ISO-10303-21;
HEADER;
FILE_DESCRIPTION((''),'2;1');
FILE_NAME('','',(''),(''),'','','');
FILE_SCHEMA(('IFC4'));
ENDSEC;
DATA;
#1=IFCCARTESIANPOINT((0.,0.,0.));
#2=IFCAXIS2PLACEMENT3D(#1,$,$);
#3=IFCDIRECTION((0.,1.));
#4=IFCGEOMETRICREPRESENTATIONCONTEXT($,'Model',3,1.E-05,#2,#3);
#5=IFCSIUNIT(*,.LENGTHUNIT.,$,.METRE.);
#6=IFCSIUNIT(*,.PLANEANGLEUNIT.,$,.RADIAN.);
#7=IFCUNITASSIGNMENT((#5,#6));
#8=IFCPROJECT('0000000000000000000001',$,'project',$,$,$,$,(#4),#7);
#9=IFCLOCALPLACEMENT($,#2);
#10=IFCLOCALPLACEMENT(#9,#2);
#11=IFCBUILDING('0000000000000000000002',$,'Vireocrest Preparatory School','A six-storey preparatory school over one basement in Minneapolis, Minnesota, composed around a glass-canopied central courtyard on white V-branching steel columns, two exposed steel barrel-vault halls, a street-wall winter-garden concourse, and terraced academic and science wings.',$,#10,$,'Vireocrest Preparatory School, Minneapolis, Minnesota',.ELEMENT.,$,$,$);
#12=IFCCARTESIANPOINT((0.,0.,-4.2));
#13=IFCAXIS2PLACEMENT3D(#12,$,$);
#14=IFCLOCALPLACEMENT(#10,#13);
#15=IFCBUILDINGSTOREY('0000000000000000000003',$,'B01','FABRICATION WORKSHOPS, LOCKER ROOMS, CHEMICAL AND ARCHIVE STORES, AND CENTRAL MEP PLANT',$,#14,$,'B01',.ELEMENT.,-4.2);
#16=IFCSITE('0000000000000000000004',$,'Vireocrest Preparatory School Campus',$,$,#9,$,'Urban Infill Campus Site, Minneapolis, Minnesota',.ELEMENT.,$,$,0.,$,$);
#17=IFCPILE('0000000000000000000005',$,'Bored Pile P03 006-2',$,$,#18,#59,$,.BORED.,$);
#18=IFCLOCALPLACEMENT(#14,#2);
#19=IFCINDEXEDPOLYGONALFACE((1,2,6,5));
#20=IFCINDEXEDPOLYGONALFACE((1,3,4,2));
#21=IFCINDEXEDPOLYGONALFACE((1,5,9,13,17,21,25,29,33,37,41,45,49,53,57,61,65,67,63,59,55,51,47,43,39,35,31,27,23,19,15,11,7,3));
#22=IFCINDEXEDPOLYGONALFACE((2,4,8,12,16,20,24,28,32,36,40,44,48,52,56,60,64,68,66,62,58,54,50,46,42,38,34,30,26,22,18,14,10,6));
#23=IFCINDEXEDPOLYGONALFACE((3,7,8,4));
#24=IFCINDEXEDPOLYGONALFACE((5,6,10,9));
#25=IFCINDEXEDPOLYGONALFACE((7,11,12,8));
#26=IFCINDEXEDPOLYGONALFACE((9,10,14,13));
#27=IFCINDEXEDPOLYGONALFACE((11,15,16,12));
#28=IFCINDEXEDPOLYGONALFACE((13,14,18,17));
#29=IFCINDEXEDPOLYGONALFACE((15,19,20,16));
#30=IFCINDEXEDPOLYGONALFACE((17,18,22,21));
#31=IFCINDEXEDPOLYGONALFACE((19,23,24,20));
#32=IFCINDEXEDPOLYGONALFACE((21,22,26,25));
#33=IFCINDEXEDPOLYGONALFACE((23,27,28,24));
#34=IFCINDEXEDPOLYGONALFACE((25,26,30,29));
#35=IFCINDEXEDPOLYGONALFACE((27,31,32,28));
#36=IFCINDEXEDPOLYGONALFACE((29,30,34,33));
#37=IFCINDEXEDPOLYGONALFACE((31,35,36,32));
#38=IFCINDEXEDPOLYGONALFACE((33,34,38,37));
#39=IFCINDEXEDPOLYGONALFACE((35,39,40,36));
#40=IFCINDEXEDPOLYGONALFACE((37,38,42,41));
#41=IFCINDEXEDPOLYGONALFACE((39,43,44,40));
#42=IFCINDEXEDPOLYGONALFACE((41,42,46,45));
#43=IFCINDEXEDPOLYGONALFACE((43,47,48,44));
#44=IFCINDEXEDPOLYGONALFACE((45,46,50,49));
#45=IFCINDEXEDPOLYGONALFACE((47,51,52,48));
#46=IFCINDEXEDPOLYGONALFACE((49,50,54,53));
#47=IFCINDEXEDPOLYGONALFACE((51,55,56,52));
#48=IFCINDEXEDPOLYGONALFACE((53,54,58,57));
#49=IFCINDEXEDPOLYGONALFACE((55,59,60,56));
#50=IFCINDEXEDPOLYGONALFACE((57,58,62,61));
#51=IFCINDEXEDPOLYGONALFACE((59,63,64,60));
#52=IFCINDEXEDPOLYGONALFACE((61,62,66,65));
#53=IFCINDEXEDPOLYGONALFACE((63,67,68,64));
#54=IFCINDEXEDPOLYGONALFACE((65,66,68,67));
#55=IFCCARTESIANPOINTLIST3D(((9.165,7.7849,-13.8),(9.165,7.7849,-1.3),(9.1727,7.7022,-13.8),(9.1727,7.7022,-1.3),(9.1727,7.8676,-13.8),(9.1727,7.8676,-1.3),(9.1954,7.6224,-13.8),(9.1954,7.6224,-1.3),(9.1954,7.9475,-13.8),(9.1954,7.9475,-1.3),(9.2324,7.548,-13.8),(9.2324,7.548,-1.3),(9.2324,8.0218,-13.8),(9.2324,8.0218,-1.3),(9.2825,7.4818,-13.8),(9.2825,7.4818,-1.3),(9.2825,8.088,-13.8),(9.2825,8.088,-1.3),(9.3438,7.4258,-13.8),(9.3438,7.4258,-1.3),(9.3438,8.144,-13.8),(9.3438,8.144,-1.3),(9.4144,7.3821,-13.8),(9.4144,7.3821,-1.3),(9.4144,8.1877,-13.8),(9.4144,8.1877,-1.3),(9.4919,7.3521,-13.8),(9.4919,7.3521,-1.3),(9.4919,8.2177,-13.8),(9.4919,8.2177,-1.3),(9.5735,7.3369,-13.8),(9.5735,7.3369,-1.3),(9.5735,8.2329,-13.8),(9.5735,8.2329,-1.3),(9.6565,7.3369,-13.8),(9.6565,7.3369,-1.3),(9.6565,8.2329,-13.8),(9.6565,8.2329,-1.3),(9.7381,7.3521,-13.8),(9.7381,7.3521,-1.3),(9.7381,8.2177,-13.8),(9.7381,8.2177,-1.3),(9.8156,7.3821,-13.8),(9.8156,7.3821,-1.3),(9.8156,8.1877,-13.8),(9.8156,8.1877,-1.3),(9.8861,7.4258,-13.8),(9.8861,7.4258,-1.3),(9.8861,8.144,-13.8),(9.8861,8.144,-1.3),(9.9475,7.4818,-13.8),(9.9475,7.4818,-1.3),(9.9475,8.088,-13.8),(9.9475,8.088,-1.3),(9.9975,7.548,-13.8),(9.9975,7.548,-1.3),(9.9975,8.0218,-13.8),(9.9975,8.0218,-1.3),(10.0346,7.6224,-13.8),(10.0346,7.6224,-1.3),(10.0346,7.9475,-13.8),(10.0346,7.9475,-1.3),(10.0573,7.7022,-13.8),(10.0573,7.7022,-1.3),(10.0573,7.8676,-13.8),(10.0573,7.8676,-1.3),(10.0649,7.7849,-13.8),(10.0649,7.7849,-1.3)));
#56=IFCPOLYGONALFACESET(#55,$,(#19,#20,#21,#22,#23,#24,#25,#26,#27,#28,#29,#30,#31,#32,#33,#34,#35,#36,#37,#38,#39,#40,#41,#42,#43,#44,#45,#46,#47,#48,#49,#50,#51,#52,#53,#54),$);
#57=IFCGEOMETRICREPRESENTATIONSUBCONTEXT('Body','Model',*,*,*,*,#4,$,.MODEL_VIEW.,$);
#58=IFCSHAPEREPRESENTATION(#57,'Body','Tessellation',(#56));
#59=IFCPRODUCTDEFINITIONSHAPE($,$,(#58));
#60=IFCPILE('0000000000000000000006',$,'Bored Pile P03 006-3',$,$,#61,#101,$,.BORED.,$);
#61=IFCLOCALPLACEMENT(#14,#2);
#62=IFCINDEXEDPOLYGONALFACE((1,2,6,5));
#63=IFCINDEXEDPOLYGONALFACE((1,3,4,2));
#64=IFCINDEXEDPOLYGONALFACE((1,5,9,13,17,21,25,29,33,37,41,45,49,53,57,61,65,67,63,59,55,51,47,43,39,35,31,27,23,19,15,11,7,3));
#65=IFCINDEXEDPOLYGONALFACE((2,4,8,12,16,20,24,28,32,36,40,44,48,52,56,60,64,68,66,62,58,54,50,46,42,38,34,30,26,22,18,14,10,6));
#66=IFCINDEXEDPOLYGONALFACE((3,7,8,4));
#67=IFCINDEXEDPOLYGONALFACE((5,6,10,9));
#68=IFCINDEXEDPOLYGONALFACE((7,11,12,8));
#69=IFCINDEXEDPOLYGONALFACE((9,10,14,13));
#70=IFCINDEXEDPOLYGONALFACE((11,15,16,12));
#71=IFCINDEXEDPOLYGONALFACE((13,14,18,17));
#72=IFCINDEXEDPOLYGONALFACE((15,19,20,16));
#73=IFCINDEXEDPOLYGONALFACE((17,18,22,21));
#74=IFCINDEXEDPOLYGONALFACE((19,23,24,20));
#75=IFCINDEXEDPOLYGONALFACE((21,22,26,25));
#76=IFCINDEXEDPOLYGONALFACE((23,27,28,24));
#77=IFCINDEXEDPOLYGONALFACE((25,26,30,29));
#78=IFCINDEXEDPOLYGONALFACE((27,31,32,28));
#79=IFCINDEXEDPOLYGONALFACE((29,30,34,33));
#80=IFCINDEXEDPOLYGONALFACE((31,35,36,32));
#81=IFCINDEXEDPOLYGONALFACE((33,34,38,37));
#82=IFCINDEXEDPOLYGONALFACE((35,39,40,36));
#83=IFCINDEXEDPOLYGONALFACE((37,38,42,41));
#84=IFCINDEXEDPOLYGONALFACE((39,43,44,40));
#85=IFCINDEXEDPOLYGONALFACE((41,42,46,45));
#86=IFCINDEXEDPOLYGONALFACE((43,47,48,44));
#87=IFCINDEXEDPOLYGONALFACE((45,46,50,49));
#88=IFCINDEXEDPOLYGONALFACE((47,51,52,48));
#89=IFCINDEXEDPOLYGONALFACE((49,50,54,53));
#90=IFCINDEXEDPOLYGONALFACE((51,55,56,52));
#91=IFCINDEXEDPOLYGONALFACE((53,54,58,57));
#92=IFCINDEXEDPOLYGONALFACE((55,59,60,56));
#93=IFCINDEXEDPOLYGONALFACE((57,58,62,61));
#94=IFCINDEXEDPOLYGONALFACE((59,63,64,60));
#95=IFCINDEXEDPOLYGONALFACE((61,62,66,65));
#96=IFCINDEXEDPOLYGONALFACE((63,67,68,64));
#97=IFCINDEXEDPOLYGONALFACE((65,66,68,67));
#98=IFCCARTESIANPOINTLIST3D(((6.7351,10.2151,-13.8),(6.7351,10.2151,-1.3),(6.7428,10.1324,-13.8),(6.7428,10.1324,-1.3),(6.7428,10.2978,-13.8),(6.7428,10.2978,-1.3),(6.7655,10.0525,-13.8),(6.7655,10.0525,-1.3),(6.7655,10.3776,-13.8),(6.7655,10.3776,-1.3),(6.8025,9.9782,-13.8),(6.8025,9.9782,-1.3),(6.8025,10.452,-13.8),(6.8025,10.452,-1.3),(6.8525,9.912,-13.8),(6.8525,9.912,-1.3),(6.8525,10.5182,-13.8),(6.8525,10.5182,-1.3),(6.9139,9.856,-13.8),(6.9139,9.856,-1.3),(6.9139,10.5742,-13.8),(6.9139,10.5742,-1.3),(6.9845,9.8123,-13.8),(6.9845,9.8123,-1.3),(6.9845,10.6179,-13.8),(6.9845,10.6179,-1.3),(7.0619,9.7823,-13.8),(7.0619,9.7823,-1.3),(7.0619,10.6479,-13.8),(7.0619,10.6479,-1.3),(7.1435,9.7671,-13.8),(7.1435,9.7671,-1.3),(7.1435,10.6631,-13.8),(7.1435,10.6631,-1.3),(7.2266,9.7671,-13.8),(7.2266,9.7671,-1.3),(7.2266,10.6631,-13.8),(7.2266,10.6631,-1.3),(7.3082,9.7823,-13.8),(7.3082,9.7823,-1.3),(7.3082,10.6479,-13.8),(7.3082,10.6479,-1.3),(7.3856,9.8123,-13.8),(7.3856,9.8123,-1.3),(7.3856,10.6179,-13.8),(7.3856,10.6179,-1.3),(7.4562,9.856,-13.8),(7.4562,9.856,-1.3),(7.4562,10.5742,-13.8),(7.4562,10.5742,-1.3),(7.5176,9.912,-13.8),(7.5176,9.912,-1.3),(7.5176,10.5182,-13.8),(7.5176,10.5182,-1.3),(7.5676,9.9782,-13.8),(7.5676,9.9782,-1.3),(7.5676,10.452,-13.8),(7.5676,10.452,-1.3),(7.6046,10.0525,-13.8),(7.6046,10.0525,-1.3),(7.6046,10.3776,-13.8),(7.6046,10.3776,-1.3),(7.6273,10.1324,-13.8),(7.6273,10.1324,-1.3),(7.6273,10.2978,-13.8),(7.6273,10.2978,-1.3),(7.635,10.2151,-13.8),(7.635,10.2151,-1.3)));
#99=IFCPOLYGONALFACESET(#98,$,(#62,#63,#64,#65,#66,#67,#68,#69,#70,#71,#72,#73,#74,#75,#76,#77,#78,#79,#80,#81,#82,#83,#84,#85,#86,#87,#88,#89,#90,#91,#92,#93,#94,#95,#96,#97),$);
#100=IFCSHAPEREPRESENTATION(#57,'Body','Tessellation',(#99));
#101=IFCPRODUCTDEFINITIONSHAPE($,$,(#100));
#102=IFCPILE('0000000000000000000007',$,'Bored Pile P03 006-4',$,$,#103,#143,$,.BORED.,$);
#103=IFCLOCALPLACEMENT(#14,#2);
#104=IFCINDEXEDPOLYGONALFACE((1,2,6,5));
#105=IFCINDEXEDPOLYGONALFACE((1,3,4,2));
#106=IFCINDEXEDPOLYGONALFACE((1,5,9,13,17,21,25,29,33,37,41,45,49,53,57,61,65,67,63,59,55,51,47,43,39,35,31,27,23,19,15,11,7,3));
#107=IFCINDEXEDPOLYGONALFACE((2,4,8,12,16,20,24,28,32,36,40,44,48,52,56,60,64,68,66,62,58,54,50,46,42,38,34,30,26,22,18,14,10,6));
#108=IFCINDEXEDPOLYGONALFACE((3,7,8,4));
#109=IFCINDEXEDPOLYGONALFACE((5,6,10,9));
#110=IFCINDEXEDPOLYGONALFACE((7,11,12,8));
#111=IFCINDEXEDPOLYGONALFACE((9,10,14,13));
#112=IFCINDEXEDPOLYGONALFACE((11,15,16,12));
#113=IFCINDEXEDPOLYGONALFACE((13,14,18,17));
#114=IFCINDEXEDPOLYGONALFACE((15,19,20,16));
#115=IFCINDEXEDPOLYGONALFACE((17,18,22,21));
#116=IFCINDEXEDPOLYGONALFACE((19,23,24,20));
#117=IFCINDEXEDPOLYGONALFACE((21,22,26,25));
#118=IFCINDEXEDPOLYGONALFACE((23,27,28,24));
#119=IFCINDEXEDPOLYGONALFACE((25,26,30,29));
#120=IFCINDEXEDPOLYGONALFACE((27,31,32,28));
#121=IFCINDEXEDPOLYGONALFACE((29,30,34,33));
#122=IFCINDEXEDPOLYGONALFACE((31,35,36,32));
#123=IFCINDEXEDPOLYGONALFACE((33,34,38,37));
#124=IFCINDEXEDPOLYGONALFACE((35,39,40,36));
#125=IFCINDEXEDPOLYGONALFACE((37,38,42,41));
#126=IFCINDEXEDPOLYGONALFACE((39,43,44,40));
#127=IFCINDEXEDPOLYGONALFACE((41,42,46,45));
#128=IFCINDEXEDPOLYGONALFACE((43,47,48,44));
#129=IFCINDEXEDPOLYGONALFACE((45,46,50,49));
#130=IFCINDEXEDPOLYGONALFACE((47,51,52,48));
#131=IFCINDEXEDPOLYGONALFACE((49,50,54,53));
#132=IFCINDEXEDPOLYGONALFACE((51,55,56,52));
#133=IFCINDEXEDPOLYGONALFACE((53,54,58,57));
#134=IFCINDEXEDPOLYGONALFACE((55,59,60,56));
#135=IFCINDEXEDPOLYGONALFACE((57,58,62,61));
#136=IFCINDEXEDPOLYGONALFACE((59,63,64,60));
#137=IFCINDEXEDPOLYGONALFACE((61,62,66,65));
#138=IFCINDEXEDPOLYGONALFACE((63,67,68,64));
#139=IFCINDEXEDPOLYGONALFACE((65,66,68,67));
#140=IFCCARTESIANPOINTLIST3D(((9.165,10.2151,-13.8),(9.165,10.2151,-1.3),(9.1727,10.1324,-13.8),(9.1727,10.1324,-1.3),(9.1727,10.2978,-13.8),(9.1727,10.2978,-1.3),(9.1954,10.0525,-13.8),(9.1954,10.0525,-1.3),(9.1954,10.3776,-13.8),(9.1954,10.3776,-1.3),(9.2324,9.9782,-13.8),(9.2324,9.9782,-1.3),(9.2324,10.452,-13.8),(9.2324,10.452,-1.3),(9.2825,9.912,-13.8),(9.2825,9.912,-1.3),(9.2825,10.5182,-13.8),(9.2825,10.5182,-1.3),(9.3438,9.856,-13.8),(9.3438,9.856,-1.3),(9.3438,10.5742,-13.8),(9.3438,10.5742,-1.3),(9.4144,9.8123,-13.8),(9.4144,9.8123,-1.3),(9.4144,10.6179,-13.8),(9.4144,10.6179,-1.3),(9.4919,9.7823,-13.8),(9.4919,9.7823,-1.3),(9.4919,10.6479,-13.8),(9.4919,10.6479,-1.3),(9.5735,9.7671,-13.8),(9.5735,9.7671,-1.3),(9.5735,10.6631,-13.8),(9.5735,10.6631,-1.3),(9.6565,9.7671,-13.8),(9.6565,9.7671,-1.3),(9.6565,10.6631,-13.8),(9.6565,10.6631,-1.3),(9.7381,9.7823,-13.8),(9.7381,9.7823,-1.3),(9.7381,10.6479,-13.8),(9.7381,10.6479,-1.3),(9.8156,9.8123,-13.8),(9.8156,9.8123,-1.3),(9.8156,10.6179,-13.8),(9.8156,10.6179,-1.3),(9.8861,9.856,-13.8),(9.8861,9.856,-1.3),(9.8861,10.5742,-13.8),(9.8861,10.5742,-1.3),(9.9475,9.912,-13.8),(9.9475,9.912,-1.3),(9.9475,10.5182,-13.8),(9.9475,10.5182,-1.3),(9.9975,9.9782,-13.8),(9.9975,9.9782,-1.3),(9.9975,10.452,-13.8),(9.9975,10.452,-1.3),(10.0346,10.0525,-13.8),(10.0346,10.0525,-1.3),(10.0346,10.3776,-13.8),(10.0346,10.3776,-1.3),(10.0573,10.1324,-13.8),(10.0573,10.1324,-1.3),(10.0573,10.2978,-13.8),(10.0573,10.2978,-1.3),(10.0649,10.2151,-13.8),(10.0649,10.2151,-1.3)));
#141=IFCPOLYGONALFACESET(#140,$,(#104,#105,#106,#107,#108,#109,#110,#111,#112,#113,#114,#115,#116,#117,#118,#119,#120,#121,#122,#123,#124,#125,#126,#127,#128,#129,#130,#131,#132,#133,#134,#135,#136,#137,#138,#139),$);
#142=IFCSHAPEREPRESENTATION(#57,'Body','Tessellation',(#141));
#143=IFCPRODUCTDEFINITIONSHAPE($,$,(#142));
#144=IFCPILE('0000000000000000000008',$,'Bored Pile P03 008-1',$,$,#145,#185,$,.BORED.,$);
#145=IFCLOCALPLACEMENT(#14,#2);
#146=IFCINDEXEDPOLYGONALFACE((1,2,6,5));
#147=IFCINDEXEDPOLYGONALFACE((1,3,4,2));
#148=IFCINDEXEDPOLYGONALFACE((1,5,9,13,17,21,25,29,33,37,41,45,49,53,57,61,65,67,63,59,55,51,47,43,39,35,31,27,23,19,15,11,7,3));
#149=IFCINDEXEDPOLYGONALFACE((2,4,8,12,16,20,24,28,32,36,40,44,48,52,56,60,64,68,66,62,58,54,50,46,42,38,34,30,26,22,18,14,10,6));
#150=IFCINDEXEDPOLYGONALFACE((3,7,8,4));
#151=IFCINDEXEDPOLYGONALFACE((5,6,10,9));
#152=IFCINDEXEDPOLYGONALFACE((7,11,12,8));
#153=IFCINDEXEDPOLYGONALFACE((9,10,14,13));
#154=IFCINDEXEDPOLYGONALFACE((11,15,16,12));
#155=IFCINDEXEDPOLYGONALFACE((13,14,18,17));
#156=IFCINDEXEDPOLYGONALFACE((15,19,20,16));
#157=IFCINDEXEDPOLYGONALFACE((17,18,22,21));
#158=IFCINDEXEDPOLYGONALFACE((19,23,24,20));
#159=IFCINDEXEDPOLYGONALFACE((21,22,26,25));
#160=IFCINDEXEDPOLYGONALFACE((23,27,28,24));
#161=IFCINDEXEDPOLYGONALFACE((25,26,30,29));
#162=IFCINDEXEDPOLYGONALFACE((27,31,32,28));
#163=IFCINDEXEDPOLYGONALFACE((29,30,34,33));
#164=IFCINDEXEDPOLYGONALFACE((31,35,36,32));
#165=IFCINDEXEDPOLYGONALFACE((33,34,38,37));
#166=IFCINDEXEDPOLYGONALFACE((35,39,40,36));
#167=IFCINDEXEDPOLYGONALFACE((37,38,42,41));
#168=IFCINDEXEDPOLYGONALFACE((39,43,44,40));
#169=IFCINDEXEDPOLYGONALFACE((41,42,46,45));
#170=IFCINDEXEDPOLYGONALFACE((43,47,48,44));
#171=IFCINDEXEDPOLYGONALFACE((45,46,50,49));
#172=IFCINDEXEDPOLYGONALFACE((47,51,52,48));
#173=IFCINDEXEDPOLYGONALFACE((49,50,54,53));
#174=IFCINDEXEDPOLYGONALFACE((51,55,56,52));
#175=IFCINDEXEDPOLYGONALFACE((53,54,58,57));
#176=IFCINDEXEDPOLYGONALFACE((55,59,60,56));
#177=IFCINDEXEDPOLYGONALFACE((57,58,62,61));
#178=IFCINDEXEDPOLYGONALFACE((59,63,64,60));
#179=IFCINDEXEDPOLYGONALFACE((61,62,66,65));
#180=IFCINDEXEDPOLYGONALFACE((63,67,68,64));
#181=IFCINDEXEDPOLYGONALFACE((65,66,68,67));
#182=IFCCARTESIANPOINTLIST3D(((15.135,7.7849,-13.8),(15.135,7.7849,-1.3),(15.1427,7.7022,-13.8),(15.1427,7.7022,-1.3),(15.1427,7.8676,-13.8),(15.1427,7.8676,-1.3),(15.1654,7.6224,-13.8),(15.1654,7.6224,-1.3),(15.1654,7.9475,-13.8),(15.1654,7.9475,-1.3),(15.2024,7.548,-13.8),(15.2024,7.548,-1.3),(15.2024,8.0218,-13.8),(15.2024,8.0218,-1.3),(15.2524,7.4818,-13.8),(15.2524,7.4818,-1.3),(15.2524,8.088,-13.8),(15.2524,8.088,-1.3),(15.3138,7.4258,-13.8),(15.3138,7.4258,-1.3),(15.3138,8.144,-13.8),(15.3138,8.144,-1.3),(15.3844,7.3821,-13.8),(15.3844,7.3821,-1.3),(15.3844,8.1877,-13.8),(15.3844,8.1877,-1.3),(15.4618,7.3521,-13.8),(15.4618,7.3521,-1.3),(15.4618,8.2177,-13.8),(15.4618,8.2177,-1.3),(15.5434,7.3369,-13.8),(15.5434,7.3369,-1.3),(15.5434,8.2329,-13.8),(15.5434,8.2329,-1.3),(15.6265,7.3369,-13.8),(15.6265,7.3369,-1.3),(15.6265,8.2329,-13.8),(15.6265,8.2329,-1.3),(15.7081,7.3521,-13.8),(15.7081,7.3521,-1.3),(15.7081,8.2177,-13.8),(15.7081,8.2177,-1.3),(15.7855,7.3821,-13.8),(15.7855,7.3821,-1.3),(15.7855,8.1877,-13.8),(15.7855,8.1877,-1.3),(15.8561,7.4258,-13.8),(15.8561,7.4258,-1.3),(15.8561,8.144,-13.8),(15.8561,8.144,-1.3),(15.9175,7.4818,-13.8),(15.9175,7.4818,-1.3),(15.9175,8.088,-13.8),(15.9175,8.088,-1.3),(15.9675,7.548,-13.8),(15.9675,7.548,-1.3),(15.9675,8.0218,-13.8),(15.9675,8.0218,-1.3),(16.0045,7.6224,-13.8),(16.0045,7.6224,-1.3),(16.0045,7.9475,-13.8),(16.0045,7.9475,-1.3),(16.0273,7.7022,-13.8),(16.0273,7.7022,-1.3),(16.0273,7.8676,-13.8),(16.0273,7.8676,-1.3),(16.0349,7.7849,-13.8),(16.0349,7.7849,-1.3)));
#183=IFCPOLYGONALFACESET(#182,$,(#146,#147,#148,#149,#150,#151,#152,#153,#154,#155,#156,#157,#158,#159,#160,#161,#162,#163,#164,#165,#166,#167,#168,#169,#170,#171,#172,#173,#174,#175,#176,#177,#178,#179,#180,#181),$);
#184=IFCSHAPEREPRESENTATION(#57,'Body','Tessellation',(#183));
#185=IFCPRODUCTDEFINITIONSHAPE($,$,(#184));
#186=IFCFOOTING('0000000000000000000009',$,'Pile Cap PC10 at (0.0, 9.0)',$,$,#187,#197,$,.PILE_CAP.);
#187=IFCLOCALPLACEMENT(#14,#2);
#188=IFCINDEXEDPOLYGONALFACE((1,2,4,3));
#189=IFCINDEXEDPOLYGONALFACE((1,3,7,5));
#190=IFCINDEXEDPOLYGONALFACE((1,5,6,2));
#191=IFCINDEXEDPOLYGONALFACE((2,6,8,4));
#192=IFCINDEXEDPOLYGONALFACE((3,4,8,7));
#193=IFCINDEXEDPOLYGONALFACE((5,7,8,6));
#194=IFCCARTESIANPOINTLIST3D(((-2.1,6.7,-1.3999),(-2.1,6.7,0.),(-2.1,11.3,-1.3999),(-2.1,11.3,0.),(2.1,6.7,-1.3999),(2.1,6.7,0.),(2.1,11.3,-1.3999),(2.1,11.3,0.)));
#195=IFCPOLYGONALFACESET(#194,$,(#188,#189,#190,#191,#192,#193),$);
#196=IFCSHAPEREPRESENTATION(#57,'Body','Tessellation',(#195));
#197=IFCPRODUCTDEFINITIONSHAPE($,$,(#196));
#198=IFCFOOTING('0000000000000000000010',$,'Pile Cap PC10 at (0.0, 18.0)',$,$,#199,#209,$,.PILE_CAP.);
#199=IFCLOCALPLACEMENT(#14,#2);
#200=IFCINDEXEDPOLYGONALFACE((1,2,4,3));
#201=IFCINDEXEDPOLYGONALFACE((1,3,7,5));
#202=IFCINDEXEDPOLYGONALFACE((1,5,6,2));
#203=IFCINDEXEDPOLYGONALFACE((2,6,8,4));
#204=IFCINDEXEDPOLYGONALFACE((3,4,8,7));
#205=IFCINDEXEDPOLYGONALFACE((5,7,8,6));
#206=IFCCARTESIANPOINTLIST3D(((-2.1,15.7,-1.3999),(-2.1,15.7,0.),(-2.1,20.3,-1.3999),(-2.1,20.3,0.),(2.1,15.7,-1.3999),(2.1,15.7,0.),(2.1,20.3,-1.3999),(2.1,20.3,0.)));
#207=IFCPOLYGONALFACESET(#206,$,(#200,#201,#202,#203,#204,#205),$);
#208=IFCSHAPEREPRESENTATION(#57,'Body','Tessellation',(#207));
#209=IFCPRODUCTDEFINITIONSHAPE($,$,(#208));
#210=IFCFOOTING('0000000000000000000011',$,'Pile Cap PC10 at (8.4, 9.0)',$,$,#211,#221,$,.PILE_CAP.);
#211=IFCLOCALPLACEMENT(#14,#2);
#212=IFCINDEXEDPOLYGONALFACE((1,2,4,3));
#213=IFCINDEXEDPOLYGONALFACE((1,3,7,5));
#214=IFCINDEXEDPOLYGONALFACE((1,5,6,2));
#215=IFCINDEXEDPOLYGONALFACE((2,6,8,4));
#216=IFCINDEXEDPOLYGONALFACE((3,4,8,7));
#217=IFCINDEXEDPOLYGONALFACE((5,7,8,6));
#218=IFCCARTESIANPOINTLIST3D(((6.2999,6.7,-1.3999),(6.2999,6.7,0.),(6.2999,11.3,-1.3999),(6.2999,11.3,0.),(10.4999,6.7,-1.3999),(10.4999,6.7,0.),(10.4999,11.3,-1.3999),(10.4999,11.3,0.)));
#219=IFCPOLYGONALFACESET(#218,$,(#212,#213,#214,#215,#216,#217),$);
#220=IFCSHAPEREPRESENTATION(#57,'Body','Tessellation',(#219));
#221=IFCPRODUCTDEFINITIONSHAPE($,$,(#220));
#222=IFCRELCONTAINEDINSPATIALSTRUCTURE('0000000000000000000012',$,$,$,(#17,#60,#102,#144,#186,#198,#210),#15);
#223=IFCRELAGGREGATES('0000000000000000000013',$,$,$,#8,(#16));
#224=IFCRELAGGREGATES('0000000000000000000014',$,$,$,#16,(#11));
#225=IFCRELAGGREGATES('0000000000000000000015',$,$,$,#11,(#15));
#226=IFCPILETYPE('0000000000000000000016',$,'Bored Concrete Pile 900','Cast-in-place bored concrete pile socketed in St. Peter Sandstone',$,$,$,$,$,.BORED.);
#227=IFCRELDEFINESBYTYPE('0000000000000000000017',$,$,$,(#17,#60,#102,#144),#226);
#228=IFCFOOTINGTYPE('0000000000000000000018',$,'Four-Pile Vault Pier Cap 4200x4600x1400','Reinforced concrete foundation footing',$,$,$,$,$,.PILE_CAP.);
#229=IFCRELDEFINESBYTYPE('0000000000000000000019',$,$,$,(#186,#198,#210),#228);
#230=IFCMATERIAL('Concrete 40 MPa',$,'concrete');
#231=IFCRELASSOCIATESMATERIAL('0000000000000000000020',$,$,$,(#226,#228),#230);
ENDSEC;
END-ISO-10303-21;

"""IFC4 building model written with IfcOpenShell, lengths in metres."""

from ifc_helpers import new_model, si_unit, direction, frame, origin, origin_2d, place, context, subcontext, project, spatial, rectangle, circle, extrude, material, material_profile, profile_set, type_object, element, save


model = new_model("IFC4")

# Units and contexts
model_context = context("Model", 3, precision=1e-05, world=origin(), true_north=direction((0.0, 1.0)))
body_context = subcontext(model_context, "Body", "Model", "MODEL_VIEW")
ifc_project = project(units=[si_unit("LENGTHUNIT", "METRE"), si_unit("PLANEANGLEUNIT", "RADIAN")], contexts=[model_context])

# Site, building, storey
site_placement = place(None, origin())
site = spatial("IfcSite", under=ifc_project, at=site_placement, Name="Vireocrest Preparatory School Campus", LongName="Urban Infill Campus Site, Minneapolis, Minnesota", CompositionType="ELEMENT", RefElevation=0.0)
building_placement = place(site_placement, origin())
building = spatial("IfcBuilding", under=site, at=building_placement, Name="Vireocrest Preparatory School", Description="A six-storey preparatory school over one basement in Minneapolis, Minnesota, composed around a glass-canopied central courtyard on white V-branching steel columns, two exposed steel barrel-vault halls, a street-wall winter-garden concourse, and terraced academic and science wings.", LongName="Vireocrest Preparatory School, Minneapolis, Minnesota", CompositionType="ELEMENT")
storey_placement = place(building_placement, frame((0.0, 0.0, -4.2)))
storey = spatial("IfcBuildingStorey", under=building, at=storey_placement, Name="B01", Description="FABRICATION WORKSHOPS, LOCKER ROOMS, CHEMICAL AND ARCHIVE STORES, AND CENTRAL MEP PLANT", LongName="B01", CompositionType="ELEMENT", Elevation=-4.2)

# Piles
ifc_material_1 = material(Name="Concrete 40 MPa", Category="concrete")
ifc_material_profile_1 = material_profile(ifc_material_1, circle(Radius=0.45, at=origin_2d()), Name="BORED PILE 900")
ifc_profile_set_1 = profile_set([ifc_material_profile_1], Name="Concrete 40 MPa")
pile_type = type_object("IfcPileType", Name="Bored Concrete Pile 900", Description="Cast-in-place bored concrete pile socketed in St. Peter Sandstone", PredefinedType="BORED", material=ifc_profile_set_1)
for number, where, z_axis, x_axis, name in (
    (1, (9.615, 7.7849, -1.3), (0.0, 0.0, -1.0), (1.0, 0.0, 0.0), "Bored Pile P03 006-2"),
    (2, (7.1851, 10.2151, -1.3), (0.0, 0.0, -1.0), (1.0, 0.0, 0.0), "Bored Pile P03 006-3"),
    (3, (9.615, 10.2151, -1.3), (0.0, 0.0, -1.0), (1.0, 0.0, 0.0), "Bored Pile P03 006-4"),
    (4, (15.585, 7.7849, -1.3), (0.0, 0.0, -1.0), (1.0, 0.0, 0.0), "Bored Pile P03 008-1"),
):
    element("IfcPile", number, at=place(storey_placement, frame(where, z_axis=z_axis, x_axis=x_axis)), inside=storey, type_object=pile_type, Name=name, PredefinedType="BORED", context=body_context, shape_type="SweptSolid", body=[
        extrude(circle(Radius=0.45, at=origin_2d()), origin(), (0.0, 0.0, 1.0), 12.5),
    ])

# Footings
footing_type_1 = type_object("IfcFootingType", Name="Four-Pile Vault Pier Cap 4200x4600x1400", Description="Reinforced concrete foundation footing", PredefinedType="PILE_CAP", material=ifc_material_1)
for number, where, z_axis, x_axis, name in (
    (5, (0.0, 9.0, -1.3999), (0.0, 0.0, 1.0), (1.0, 0.0, 0.0), "Pile Cap PC10 at (0.0, 9.0)"),
    (6, (0.0, 18.0, -1.3999), (0.0, 0.0, 1.0), (1.0, 0.0, 0.0), "Pile Cap PC10 at (0.0, 18.0)"),
    (7, (8.3999, 9.0, -1.3999), (0.0, 0.0, 1.0), (1.0, 0.0, 0.0), "Pile Cap PC10 at (8.4, 9.0)"),
):
    element("IfcFooting", number, at=place(storey_placement, frame(where, z_axis=z_axis, x_axis=x_axis)), inside=storey, type_object=footing_type_1, Name=name, PredefinedType="PILE_CAP", context=body_context, shape_type="SweptSolid", body=[
        extrude(rectangle(XDim=4.2, YDim=4.6001, at=origin_2d()), origin(), (0.0, 0.0, 1.0), 1.3999),
    ])

save(model, "model.ifc")
